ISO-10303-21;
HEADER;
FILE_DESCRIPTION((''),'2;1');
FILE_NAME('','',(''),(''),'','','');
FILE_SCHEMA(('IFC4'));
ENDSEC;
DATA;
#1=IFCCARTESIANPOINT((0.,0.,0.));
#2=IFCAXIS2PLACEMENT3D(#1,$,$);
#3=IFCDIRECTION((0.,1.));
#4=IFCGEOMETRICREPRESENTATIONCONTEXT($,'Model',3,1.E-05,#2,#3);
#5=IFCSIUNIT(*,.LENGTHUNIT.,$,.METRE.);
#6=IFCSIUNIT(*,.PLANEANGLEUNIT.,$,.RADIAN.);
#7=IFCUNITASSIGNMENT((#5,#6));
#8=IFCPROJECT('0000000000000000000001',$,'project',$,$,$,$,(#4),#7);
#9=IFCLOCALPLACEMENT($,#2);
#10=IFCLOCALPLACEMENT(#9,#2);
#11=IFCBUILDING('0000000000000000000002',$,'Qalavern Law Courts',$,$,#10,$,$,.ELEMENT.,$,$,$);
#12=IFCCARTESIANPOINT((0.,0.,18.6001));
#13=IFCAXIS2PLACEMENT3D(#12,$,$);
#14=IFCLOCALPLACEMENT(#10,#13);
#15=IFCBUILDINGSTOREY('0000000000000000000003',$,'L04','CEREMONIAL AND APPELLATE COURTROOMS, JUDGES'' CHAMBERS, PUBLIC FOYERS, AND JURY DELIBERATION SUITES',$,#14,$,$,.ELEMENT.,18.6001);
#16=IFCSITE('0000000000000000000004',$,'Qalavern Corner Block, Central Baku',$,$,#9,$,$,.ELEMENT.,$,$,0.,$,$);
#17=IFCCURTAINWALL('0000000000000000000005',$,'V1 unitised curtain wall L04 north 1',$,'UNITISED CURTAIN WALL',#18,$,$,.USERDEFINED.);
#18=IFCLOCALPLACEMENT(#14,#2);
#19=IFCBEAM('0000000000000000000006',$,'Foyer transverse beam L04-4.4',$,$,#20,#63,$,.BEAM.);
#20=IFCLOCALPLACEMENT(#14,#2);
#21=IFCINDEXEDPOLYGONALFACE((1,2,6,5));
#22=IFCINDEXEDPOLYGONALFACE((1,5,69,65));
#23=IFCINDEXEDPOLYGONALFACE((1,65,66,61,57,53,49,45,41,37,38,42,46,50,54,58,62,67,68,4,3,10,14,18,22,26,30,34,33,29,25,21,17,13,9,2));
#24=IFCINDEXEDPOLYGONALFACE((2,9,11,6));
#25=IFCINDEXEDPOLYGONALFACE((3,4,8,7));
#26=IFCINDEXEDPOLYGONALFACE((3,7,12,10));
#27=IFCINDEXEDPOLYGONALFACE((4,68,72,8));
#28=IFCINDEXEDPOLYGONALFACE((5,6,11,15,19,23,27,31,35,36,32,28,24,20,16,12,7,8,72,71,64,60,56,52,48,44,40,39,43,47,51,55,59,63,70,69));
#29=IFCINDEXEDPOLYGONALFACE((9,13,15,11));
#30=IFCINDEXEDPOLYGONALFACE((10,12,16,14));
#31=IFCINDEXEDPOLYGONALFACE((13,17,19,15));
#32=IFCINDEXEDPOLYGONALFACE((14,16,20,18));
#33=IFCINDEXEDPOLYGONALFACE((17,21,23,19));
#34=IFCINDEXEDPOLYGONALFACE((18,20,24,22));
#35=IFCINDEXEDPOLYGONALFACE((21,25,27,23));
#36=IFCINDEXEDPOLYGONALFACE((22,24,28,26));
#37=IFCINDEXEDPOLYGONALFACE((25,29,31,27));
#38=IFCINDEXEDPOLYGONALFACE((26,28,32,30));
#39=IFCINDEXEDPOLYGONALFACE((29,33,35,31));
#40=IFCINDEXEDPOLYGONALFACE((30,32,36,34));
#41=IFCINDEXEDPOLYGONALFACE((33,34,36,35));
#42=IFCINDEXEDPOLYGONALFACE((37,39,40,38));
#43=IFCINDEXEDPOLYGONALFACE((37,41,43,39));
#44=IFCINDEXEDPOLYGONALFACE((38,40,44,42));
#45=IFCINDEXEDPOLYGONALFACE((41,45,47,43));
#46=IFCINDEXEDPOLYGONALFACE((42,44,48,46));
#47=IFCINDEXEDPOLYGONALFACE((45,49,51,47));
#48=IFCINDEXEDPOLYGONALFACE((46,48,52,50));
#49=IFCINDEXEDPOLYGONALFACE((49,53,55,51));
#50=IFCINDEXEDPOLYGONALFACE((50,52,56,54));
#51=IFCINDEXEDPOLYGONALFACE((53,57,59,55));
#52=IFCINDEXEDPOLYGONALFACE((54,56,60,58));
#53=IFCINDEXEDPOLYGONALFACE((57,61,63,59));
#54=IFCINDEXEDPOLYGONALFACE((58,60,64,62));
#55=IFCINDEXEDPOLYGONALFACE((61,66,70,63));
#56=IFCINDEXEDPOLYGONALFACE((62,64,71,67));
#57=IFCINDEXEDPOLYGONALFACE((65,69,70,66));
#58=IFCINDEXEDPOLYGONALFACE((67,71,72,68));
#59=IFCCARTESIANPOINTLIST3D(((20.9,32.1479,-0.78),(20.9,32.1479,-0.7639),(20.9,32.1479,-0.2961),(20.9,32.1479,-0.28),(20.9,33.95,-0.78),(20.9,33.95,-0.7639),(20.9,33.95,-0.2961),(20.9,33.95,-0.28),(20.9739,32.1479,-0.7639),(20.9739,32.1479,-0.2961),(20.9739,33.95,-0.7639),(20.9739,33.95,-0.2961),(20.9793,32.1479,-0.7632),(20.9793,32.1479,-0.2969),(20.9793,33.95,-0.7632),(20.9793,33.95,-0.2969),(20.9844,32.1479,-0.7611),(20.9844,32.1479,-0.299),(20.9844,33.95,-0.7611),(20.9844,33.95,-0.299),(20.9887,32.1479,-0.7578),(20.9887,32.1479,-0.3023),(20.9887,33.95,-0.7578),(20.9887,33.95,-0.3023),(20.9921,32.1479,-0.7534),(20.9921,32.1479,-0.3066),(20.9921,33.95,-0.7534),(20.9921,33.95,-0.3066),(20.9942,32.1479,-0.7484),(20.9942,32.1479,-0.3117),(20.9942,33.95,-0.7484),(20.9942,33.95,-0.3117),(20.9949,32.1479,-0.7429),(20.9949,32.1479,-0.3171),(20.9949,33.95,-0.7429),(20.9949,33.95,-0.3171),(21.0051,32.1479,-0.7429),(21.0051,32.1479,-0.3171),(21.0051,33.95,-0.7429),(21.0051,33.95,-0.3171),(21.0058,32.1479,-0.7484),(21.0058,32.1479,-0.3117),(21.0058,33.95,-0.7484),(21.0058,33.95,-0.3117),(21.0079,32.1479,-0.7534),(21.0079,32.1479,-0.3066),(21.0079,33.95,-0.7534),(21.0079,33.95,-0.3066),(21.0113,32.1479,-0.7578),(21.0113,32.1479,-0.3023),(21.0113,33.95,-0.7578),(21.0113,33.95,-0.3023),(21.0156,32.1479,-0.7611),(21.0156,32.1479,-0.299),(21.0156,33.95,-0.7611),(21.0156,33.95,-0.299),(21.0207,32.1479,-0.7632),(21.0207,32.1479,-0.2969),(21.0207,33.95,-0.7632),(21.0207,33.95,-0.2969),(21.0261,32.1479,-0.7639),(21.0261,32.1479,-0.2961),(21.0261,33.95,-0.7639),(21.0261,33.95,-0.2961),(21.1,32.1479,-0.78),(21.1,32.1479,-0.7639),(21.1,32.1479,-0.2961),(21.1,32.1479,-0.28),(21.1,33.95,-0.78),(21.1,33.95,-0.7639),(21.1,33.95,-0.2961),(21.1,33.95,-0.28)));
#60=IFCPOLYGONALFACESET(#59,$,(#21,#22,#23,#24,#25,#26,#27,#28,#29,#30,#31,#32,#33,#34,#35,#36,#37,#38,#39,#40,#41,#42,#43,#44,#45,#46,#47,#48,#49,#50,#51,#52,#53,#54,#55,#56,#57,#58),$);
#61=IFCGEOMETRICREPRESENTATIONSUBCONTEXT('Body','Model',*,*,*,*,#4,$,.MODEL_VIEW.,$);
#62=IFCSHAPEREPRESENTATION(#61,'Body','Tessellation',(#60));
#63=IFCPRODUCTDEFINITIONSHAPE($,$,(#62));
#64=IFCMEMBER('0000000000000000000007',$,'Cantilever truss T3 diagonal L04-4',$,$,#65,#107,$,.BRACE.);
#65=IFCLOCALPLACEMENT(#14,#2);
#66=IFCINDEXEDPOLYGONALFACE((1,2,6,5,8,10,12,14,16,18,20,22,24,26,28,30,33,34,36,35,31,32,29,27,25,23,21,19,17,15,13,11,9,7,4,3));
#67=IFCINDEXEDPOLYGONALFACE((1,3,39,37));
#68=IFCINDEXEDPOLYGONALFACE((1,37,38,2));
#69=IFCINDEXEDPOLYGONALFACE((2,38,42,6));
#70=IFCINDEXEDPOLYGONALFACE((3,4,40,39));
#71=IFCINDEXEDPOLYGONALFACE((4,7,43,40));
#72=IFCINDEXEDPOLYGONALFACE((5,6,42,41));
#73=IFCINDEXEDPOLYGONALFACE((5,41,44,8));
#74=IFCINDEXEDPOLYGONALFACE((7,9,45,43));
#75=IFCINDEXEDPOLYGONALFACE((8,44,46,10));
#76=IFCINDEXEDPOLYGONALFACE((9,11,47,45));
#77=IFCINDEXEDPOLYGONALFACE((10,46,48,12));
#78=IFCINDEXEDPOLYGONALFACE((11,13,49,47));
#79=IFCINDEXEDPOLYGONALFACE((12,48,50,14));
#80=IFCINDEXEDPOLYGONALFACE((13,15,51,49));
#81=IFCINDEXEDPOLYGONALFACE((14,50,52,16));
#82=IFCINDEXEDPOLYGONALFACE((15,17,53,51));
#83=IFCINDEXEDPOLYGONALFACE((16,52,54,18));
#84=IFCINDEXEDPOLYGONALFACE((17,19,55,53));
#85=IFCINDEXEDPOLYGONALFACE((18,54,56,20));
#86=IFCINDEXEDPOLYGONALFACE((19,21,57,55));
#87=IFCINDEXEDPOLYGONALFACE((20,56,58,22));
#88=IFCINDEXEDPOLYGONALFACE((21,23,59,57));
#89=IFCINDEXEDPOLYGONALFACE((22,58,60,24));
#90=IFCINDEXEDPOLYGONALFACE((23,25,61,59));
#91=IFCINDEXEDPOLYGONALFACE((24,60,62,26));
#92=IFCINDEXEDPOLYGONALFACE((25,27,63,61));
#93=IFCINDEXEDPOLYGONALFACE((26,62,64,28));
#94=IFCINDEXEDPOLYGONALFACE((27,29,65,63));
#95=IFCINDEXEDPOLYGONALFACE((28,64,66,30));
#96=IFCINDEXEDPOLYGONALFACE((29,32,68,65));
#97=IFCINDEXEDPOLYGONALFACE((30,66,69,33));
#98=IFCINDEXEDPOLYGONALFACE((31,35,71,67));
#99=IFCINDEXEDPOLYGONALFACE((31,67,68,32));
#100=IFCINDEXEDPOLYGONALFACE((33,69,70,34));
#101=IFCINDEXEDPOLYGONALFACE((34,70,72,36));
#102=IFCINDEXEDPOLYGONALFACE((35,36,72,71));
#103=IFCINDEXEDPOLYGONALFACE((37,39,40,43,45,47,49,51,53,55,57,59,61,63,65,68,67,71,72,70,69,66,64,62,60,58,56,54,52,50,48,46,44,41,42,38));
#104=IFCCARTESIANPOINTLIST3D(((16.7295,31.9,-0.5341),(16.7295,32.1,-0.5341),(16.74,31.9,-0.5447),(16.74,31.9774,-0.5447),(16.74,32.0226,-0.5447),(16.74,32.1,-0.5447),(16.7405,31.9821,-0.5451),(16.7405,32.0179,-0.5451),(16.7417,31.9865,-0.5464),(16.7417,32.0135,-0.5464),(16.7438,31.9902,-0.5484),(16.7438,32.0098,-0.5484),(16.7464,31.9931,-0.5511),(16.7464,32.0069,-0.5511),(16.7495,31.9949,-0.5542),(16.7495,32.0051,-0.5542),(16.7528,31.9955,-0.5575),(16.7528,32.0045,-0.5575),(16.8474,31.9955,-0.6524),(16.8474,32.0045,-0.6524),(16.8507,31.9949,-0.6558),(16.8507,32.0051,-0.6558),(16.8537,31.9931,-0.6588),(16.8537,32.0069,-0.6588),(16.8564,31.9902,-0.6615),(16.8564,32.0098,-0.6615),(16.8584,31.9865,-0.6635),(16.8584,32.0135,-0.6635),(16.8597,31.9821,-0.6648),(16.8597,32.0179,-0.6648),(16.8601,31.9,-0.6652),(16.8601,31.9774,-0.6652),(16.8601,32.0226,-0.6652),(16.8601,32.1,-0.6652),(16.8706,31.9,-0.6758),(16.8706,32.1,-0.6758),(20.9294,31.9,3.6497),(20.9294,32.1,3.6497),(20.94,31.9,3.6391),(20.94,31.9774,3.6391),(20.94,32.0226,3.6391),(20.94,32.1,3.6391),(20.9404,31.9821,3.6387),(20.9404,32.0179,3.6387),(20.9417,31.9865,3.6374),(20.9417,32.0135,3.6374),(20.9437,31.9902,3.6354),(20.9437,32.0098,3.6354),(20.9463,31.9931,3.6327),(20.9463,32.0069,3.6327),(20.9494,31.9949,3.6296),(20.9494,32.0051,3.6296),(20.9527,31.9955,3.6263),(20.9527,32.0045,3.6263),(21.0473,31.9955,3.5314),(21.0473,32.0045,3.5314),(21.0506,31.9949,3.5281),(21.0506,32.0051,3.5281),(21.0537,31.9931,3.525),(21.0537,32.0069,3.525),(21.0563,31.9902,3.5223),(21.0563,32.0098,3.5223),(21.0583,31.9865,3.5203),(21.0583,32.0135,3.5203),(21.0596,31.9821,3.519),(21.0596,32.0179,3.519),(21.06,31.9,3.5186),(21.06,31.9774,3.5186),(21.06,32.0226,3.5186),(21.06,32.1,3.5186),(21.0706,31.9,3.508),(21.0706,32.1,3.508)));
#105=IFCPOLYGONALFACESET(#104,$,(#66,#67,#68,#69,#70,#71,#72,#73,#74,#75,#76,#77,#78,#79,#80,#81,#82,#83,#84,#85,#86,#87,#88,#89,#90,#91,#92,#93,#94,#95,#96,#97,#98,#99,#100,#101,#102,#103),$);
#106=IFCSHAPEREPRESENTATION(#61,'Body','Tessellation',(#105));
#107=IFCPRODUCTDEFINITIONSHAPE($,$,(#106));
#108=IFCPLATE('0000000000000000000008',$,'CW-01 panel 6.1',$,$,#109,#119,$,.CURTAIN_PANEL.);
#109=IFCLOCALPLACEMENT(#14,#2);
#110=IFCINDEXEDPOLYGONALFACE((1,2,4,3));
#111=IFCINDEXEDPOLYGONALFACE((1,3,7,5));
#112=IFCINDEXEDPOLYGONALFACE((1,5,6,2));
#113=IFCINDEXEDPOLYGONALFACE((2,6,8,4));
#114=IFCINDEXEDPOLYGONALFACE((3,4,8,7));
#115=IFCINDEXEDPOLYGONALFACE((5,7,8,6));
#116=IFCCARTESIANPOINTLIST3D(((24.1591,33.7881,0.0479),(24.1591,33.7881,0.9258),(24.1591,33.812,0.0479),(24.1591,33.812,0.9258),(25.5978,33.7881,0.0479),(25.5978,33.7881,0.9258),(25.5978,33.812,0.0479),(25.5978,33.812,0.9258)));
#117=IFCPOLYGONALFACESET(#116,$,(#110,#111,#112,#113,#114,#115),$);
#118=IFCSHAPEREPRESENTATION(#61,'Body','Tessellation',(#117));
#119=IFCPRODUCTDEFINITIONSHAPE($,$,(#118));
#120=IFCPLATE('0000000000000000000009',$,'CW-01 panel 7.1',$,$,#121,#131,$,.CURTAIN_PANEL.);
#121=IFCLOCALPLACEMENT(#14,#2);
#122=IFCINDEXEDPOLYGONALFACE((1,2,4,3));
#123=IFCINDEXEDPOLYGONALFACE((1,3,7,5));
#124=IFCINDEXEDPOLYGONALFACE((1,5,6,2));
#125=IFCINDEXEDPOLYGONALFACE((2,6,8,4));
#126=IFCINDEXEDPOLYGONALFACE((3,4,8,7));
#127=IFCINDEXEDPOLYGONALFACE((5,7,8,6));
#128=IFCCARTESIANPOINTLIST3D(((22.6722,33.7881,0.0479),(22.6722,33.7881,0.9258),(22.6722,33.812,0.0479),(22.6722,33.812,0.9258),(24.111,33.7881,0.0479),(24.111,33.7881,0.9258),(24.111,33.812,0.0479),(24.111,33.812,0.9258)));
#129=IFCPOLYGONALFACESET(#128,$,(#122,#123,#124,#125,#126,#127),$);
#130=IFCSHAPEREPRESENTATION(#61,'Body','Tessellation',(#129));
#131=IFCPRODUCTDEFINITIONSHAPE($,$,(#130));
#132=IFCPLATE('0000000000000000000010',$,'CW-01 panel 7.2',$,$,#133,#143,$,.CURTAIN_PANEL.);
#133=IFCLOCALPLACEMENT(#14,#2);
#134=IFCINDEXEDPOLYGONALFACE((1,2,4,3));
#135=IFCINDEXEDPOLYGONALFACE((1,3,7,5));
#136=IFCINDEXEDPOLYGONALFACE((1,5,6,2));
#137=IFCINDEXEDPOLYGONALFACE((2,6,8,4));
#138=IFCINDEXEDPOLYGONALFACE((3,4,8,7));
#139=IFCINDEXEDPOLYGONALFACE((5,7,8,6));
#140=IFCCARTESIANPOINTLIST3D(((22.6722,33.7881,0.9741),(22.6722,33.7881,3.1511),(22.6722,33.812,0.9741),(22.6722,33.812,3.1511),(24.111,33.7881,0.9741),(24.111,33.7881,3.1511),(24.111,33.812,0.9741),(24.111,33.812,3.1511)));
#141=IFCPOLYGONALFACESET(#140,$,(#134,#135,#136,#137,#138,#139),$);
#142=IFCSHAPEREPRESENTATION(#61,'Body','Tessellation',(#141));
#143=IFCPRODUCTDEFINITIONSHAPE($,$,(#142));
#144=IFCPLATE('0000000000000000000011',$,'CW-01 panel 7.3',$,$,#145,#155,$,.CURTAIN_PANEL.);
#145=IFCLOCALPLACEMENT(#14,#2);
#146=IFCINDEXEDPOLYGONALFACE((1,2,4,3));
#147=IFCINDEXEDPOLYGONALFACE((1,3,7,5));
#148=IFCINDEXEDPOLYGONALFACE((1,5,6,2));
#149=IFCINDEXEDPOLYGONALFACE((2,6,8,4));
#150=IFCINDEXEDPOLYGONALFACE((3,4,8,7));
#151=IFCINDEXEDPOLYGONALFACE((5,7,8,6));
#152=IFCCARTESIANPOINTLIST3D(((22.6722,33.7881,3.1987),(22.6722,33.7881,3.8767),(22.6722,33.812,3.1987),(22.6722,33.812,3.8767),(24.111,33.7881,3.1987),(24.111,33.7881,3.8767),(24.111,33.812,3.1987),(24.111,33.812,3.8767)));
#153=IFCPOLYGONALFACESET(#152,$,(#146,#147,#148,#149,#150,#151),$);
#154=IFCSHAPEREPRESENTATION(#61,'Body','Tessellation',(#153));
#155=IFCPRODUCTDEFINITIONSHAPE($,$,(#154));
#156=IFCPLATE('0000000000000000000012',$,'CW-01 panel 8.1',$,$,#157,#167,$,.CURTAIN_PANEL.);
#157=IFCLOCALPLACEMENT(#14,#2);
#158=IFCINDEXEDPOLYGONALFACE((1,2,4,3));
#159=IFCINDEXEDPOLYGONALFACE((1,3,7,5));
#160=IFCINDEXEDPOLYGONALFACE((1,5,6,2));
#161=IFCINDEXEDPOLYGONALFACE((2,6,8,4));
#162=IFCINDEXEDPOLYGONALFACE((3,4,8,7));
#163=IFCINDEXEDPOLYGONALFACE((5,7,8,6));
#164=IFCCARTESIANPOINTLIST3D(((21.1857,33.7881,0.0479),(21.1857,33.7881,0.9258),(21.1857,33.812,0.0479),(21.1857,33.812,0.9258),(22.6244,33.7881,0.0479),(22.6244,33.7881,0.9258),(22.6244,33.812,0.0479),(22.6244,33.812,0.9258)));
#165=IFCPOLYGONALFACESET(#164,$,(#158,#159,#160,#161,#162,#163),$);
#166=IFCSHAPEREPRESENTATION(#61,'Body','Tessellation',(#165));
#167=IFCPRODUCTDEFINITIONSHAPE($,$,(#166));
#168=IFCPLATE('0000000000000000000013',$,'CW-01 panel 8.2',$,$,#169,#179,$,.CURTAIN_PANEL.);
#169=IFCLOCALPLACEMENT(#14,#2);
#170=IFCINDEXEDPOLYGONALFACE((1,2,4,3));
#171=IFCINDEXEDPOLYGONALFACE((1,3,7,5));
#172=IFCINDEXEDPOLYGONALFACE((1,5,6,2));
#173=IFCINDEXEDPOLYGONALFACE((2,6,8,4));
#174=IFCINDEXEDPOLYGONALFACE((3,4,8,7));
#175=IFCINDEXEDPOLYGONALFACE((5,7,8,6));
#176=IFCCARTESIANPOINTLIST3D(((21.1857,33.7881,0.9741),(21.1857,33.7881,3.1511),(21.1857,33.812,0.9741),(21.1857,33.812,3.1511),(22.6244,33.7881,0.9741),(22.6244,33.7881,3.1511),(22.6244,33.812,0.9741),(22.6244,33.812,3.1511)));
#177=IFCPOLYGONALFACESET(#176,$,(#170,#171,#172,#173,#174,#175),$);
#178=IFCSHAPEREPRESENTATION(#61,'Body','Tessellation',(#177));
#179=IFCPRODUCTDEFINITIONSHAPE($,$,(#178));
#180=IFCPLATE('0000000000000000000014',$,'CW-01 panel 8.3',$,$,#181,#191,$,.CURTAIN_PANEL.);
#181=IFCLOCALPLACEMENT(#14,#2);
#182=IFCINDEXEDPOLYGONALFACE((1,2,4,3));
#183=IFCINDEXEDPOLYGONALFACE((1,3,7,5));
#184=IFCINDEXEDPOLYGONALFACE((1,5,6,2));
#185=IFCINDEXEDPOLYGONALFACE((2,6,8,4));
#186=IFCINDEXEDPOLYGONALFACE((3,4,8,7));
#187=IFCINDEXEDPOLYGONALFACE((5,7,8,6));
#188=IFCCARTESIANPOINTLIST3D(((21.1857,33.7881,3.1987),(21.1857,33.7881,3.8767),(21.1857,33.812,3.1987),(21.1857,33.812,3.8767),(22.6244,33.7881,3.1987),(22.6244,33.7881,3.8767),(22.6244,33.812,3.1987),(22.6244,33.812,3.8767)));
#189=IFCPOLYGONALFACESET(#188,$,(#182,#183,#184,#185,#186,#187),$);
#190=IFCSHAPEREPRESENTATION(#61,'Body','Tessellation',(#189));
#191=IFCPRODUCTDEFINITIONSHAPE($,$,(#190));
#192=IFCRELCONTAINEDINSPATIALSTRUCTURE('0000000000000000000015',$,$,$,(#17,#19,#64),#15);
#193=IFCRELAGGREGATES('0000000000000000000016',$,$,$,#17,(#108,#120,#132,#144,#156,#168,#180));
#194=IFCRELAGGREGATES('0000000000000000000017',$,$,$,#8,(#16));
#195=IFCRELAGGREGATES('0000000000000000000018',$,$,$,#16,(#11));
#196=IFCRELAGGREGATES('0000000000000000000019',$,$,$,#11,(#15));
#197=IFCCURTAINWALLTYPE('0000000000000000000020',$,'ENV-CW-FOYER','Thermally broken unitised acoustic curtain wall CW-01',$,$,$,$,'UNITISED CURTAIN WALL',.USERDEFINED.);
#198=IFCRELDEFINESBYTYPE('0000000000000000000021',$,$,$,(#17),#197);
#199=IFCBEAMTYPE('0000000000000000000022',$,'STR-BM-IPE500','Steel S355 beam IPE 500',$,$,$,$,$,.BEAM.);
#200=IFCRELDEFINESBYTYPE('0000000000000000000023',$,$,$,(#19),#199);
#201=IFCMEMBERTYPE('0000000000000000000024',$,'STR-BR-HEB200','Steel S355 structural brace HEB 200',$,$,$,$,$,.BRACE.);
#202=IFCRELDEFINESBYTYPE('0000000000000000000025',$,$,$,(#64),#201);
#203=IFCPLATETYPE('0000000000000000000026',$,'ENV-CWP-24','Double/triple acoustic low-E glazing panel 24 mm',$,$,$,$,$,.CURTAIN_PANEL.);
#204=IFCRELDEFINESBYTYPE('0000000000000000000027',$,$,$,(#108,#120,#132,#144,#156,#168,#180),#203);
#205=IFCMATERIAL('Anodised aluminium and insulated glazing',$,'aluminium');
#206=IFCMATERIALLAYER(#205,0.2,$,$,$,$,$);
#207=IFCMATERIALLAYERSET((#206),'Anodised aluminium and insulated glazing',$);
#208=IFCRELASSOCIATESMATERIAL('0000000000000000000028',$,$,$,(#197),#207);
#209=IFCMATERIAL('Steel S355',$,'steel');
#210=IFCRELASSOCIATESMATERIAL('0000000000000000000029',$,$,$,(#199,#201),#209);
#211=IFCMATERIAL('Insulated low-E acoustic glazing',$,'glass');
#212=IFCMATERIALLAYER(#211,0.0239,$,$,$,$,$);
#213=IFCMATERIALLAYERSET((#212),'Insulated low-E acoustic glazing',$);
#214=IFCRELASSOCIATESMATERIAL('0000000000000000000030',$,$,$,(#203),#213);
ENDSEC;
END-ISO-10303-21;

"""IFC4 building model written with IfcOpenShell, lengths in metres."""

from ifc_helpers import new_model, si_unit, direction, frame, origin, origin_2d, place, context, subcontext, project, spatial, rectangle, i_section, extrude, material, layer, layer_set, material_profile, profile_set, type_object, element, aggregate, save


model = new_model("IFC4")

# Units and contexts
model_context = context("Model", 3, precision=1e-05, world=origin(), true_north=direction((0.0, 1.0)))
body_context = subcontext(model_context, "Body", "Model", "MODEL_VIEW")
ifc_project = project(units=[si_unit("LENGTHUNIT", "METRE"), si_unit("PLANEANGLEUNIT", "RADIAN")], contexts=[model_context])

# Site, building, storey
site_placement = place(None, origin())
site = spatial("IfcSite", under=ifc_project, at=site_placement, Name="Qalavern Corner Block, Central Baku", CompositionType="ELEMENT", RefElevation=0.0)
building_placement = place(site_placement, origin())
building = spatial("IfcBuilding", under=site, at=building_placement, Name="Qalavern Law Courts", CompositionType="ELEMENT")
storey_placement = place(building_placement, frame((0.0, 0.0, 18.6001)))
storey = spatial("IfcBuildingStorey", under=building, at=storey_placement, Name="L04", Description="CEREMONIAL AND APPELLATE COURTROOMS, JUDGES' CHAMBERS, PUBLIC FOYERS, AND JURY DELIBERATION SUITES", CompositionType="ELEMENT", Elevation=18.6001)

# Curtain wall
ifc_material_1 = material(Name="Anodised aluminium and insulated glazing", Category="aluminium")
ifc_layer_1 = layer(ifc_material_1, 0.2)
ifc_layer_set_1 = layer_set([ifc_layer_1], Name="Anodised aluminium and insulated glazing")
curtain_wall_type = type_object("IfcCurtainWallType", Name="ENV-CW-FOYER", Description="Thermally broken unitised acoustic curtain wall CW-01", ElementType="UNITISED CURTAIN WALL", PredefinedType="USERDEFINED", material=ifc_layer_set_1)
curtain_wall_placement = place(storey_placement, origin())
curtain_wall = element("IfcCurtainWall", 1, at=curtain_wall_placement, inside=storey, type_object=curtain_wall_type, Name="V1 unitised curtain wall L04 north 1", ObjectType="UNITISED CURTAIN WALL", PredefinedType="USERDEFINED")

# Beam
ifc_material_2 = material(Name="Steel S355", Category="steel")
ifc_material_profile_1 = material_profile(ifc_material_2, i_section(OverallWidth=0.2, OverallDepth=0.5, WebThickness=0.0103, FlangeThickness=0.0161, FilletRadius=0.021, at=origin_2d()), Name="IPE 500")
ifc_profile_set_1 = profile_set([ifc_material_profile_1], Name="Steel S355")
beam_type = type_object("IfcBeamType", Name="STR-BM-IPE500", Description="Steel S355 beam IPE 500", PredefinedType="BEAM", material=ifc_profile_set_1)
beam_placement = place(storey_placement, frame((21.0, 32.1479, -0.53), z_axis=(0.0, 1.0, 0.0), x_axis=(-1.0, 0.0, 0.0)))
element("IfcBeam", 2, at=beam_placement, inside=storey, type_object=beam_type, Name="Foyer transverse beam L04-4.4", PredefinedType="BEAM", context=body_context, shape_type="SweptSolid", body=[
    extrude(i_section(OverallWidth=0.2, OverallDepth=0.5, WebThickness=0.0103, FlangeThickness=0.0161, FilletRadius=0.021, at=origin_2d()), origin(), (0.0, 0.0, 1.0), 1.802),
])

# Member
ifc_material_profile_2 = material_profile(ifc_material_2, i_section(OverallWidth=0.2, OverallDepth=0.2, WebThickness=0.009, FlangeThickness=0.0149, FilletRadius=0.0181, at=origin_2d()), Name="HEB 200")
ifc_profile_set_2 = profile_set([ifc_material_profile_2], Name="Steel S355")
member_type_1 = type_object("IfcMemberType", Name="STR-BR-HEB200", Description="Steel S355 structural brace HEB 200", PredefinedType="BRACE", material=ifc_profile_set_2)
member_1_placement = place(storey_placement, frame((21.0, 32.0, 3.5789), z_axis=(-0.708465, 0.0, -0.705746), x_axis=(0.0, -1.0, 0.0)))
element("IfcMember", 3, at=member_1_placement, inside=storey, type_object=member_type_1, Name="Cantilever truss T3 diagonal L04-4", PredefinedType="BRACE", context=body_context, shape_type="SweptSolid", body=[
    extrude(i_section(OverallWidth=0.2, OverallDepth=0.2, WebThickness=0.009, FlangeThickness=0.0149, FilletRadius=0.0181, at=origin_2d()), origin(), (0.0, 0.0, 1.0), 5.9282),
])

# Plates
ifc_material_3 = material(Name="Insulated low-E acoustic glazing", Category="glass")
ifc_layer_2 = layer(ifc_material_3, 0.0239)
ifc_layer_set_2 = layer_set([ifc_layer_2], Name="Insulated low-E acoustic glazing")
plate_type_1 = type_object("IfcPlateType", Name="ENV-CWP-24", Description="Double/triple acoustic low-E glazing panel 24 mm", PredefinedType="CURTAIN_PANEL", material=ifc_layer_set_2)
plate_1_placement = place(storey_placement, frame((24.8784, 33.8, 0.0479), z_axis=(0.0, 0.0, 1.0), x_axis=(-1.0, 0.0, 0.0)))
plate_1 = element("IfcPlate", 4, at=plate_1_placement, type_object=plate_type_1, Name="CW-01 panel 6.1", PredefinedType="CURTAIN_PANEL", context=body_context, shape_type="SweptSolid", body=[
    extrude(rectangle(XDim=1.4387, YDim=0.0239, at=origin_2d()), origin(), (0.0, 0.0, 1.0), 0.8779),
])
plate_2_placement = place(storey_placement, frame((23.3916, 33.8, 0.0479), z_axis=(0.0, 0.0, 1.0), x_axis=(-1.0, 0.0, 0.0)))
plate_2 = element("IfcPlate", 5, at=plate_2_placement, type_object=plate_type_1, Name="CW-01 panel 7.1", PredefinedType="CURTAIN_PANEL", context=body_context, shape_type="SweptSolid", body=[
    extrude(rectangle(XDim=1.4387, YDim=0.0239, at=origin_2d()), origin(), (0.0, 0.0, 1.0), 0.8779),
])
plate_3_placement = place(storey_placement, frame((23.3916, 33.8, 0.9741), z_axis=(0.0, 0.0, 1.0), x_axis=(-1.0, 0.0, 0.0)))
plate_3 = element("IfcPlate", 6, at=plate_3_placement, type_object=plate_type_1, Name="CW-01 panel 7.2", PredefinedType="CURTAIN_PANEL", context=body_context, shape_type="SweptSolid", body=[
    extrude(rectangle(XDim=1.4387, YDim=0.0239, at=origin_2d()), origin(), (0.0, 0.0, 1.0), 2.177),
])
plate_4_placement = place(storey_placement, frame((23.3916, 33.8, 3.1987), z_axis=(0.0, 0.0, 1.0), x_axis=(-1.0, 0.0, 0.0)))
plate_4 = element("IfcPlate", 7, at=plate_4_placement, type_object=plate_type_1, Name="CW-01 panel 7.3", PredefinedType="CURTAIN_PANEL", context=body_context, shape_type="SweptSolid", body=[
    extrude(rectangle(XDim=1.4387, YDim=0.0239, at=origin_2d()), origin(), (0.0, 0.0, 1.0), 0.678),
])
plate_5_placement = place(storey_placement, frame((21.905, 33.8, 0.0479), z_axis=(0.0, 0.0, 1.0), x_axis=(-1.0, 0.0, 0.0)))
plate_5 = element("IfcPlate", 8, at=plate_5_placement, type_object=plate_type_1, Name="CW-01 panel 8.1", PredefinedType="CURTAIN_PANEL", context=body_context, shape_type="SweptSolid", body=[
    extrude(rectangle(XDim=1.4387, YDim=0.0239, at=origin_2d()), origin(), (0.0, 0.0, 1.0), 0.8779),
])
plate_6_placement = place(storey_placement, frame((21.905, 33.8, 0.9741), z_axis=(0.0, 0.0, 1.0), x_axis=(-1.0, 0.0, 0.0)))
plate_6 = element("IfcPlate", 9, at=plate_6_placement, type_object=plate_type_1, Name="CW-01 panel 8.2", PredefinedType="CURTAIN_PANEL", context=body_context, shape_type="SweptSolid", body=[
    extrude(rectangle(XDim=1.4387, YDim=0.0239, at=origin_2d()), origin(), (0.0, 0.0, 1.0), 2.177),
])
plate_7_placement = place(storey_placement, frame((21.905, 33.8, 3.1987), z_axis=(0.0, 0.0, 1.0), x_axis=(-1.0, 0.0, 0.0)))
plate_7 = element("IfcPlate", 10, at=plate_7_placement, type_object=plate_type_1, Name="CW-01 panel 8.3", PredefinedType="CURTAIN_PANEL", context=body_context, shape_type="SweptSolid", body=[
    extrude(rectangle(XDim=1.4387, YDim=0.0239, at=origin_2d()), origin(), (0.0, 0.0, 1.0), 0.678),
])
aggregate(curtain_wall, [plate_1, plate_2, plate_3, plate_4, plate_5, plate_6, plate_7])

save(model, "model.ifc")
